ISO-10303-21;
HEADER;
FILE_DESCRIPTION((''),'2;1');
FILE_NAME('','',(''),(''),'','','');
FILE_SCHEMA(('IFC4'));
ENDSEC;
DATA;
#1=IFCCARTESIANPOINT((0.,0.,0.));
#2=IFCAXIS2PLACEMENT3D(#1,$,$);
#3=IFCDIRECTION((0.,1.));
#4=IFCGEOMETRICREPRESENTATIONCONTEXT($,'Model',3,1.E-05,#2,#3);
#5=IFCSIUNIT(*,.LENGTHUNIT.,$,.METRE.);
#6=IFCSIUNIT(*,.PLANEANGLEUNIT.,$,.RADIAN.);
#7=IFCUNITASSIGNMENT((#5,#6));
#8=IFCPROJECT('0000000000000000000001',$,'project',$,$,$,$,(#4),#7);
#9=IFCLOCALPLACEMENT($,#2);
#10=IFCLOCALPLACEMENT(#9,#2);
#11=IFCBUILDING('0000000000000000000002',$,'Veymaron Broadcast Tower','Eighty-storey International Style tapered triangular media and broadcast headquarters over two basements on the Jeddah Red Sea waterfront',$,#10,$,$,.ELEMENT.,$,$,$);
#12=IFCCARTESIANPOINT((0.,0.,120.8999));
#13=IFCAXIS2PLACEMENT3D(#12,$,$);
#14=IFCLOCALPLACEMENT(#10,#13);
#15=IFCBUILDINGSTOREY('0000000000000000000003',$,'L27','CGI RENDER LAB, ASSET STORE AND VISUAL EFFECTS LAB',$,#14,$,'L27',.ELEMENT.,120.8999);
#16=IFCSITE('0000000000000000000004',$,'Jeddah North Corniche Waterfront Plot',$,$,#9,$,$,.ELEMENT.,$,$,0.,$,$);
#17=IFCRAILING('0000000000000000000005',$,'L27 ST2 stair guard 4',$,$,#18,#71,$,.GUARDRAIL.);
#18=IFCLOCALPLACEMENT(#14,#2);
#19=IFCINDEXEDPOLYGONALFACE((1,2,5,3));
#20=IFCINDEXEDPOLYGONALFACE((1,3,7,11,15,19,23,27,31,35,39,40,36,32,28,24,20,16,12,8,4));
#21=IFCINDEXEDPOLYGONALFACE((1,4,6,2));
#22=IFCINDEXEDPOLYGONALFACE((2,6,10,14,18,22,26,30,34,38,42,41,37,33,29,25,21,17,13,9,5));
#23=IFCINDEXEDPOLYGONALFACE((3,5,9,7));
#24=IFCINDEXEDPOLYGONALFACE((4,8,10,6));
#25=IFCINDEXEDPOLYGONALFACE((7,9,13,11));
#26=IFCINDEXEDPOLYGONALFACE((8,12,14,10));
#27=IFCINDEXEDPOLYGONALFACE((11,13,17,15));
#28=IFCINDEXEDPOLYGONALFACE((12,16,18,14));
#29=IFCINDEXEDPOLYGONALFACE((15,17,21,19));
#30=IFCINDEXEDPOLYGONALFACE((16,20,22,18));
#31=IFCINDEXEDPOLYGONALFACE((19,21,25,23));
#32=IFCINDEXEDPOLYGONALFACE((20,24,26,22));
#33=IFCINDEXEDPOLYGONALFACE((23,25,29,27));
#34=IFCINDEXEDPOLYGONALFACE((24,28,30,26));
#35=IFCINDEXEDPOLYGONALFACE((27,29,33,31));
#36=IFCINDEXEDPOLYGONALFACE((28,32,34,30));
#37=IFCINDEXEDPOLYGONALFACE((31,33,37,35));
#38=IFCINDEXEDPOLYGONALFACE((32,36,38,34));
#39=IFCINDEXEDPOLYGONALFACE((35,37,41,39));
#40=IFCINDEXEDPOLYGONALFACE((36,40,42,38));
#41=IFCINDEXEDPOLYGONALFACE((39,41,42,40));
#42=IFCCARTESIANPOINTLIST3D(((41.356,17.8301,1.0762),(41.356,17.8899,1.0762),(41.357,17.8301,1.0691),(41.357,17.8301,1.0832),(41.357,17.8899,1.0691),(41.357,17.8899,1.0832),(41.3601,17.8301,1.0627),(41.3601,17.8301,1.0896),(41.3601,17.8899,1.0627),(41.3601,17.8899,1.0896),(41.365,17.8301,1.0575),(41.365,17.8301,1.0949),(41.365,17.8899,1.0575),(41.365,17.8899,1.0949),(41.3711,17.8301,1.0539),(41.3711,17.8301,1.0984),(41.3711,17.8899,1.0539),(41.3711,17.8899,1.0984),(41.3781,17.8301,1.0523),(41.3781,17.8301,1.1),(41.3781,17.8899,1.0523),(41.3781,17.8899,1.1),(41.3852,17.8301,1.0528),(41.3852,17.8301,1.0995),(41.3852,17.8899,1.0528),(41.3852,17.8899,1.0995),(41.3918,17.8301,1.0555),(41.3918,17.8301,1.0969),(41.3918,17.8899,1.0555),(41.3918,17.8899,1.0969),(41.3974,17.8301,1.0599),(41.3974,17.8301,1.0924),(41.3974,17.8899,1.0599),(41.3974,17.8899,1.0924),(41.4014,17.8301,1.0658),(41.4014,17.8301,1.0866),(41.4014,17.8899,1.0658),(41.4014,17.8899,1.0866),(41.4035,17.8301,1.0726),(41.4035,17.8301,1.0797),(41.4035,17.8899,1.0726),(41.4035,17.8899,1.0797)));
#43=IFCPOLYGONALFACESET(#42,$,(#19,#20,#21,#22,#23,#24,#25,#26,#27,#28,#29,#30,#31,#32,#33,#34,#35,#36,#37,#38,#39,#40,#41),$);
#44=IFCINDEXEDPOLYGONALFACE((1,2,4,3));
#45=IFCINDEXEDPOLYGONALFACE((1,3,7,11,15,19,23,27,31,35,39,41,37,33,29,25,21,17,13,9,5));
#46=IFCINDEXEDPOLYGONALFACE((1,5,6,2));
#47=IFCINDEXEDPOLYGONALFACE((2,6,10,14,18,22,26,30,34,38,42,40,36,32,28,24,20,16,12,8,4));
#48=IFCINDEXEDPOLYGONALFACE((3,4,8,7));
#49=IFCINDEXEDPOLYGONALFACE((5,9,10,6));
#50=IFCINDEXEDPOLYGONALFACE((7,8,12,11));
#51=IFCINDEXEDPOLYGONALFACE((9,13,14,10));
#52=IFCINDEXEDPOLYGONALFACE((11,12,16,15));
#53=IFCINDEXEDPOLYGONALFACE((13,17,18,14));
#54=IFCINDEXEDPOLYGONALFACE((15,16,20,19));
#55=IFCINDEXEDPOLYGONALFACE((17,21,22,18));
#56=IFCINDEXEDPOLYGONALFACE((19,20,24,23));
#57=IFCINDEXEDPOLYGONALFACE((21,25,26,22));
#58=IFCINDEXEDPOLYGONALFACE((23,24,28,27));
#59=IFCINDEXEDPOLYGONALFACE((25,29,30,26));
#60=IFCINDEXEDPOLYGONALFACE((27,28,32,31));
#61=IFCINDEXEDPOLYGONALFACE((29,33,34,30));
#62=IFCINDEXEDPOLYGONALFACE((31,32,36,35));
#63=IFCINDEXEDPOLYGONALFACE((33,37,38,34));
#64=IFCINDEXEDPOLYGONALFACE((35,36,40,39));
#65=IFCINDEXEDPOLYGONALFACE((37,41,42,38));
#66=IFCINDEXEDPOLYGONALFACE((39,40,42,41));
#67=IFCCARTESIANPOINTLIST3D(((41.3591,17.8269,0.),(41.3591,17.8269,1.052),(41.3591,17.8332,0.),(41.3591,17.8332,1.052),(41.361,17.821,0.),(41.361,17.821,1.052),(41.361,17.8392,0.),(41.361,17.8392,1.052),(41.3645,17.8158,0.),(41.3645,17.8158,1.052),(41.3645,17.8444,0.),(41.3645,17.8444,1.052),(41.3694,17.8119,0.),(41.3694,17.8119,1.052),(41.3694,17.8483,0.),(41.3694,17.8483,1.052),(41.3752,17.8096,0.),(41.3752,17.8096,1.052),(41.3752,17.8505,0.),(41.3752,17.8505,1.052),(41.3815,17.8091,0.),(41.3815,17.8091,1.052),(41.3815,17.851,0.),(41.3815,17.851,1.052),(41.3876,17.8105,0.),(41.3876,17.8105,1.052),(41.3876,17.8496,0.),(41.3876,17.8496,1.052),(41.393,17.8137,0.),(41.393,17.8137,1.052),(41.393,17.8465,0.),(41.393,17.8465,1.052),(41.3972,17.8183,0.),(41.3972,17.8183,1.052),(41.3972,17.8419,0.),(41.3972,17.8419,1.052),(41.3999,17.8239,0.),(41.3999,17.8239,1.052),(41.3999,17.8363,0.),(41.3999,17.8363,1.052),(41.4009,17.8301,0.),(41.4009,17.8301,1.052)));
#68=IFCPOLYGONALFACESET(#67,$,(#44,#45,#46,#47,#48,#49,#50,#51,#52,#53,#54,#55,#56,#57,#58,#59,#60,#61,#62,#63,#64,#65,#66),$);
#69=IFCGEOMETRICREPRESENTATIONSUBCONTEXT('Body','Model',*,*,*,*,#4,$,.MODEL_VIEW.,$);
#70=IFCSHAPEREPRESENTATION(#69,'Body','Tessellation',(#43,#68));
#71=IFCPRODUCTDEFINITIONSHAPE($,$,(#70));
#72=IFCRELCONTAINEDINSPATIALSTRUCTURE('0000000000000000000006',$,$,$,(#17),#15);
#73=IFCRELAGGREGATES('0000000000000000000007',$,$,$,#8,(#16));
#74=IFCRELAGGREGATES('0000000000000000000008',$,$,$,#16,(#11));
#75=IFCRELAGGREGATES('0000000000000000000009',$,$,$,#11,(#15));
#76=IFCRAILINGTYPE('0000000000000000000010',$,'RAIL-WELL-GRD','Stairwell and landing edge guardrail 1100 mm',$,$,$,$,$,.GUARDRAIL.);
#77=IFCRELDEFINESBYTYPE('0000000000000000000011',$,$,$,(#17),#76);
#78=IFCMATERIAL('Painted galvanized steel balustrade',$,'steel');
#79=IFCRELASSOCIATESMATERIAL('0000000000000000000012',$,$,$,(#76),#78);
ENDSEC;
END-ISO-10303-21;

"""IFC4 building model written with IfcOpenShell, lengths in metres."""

from ifc_helpers import new_model, si_unit, direction, frame, origin, origin_2d, place, context, subcontext, project, spatial, circle, extrude, material, type_object, element, save


model = new_model("IFC4")

# Units and contexts
model_context = context("Model", 3, precision=1e-05, world=origin(), true_north=direction((0.0, 1.0)))
body_context = subcontext(model_context, "Body", "Model", "MODEL_VIEW")
ifc_project = project(units=[si_unit("LENGTHUNIT", "METRE"), si_unit("PLANEANGLEUNIT", "RADIAN")], contexts=[model_context])

# Site, building, storey
site_placement = place(None, origin())
site = spatial("IfcSite", under=ifc_project, at=site_placement, Name="Jeddah North Corniche Waterfront Plot", CompositionType="ELEMENT", RefElevation=0.0)
building_placement = place(site_placement, origin())
building = spatial("IfcBuilding", under=site, at=building_placement, Name="Veymaron Broadcast Tower", Description="Eighty-storey International Style tapered triangular media and broadcast headquarters over two basements on the Jeddah Red Sea waterfront", CompositionType="ELEMENT")
storey_placement = place(building_placement, frame((0.0, 0.0, 120.8999)))
storey = spatial("IfcBuildingStorey", under=building, at=storey_placement, Name="L27", Description="CGI RENDER LAB, ASSET STORE AND VISUAL EFFECTS LAB", LongName="L27", CompositionType="ELEMENT", Elevation=120.8999)

# Railing
ifc_material_1 = material(Name="Painted galvanized steel balustrade", Category="steel")
railing_type_1 = type_object("IfcRailingType", Name="RAIL-WELL-GRD", Description="Stairwell and landing edge guardrail 1100 mm", PredefinedType="GUARDRAIL", material=ifc_material_1)
railing_1_placement = place(storey_placement, frame((41.3799, 17.8301, 0.0)))
element("IfcRailing", 1, at=railing_1_placement, inside=storey, type_object=railing_type_1, Name="L27 ST2 stair guard 4", PredefinedType="GUARDRAIL", context=body_context, shape_type="SweptSolid", body=[
    extrude(circle(Radius=0.0239, at=origin_2d()), frame((0.0, 0.0, 1.0762), z_axis=(0.0, 1.0, 0.0), x_axis=(-1.0, 0.0, 0.0)), (0.0, 0.0, 1.0), 0.0598),
    extrude(circle(Radius=0.021, at=origin_2d()), origin(), (0.0, 0.0, 1.0), 1.052),
])

save(model, "model.ifc")
